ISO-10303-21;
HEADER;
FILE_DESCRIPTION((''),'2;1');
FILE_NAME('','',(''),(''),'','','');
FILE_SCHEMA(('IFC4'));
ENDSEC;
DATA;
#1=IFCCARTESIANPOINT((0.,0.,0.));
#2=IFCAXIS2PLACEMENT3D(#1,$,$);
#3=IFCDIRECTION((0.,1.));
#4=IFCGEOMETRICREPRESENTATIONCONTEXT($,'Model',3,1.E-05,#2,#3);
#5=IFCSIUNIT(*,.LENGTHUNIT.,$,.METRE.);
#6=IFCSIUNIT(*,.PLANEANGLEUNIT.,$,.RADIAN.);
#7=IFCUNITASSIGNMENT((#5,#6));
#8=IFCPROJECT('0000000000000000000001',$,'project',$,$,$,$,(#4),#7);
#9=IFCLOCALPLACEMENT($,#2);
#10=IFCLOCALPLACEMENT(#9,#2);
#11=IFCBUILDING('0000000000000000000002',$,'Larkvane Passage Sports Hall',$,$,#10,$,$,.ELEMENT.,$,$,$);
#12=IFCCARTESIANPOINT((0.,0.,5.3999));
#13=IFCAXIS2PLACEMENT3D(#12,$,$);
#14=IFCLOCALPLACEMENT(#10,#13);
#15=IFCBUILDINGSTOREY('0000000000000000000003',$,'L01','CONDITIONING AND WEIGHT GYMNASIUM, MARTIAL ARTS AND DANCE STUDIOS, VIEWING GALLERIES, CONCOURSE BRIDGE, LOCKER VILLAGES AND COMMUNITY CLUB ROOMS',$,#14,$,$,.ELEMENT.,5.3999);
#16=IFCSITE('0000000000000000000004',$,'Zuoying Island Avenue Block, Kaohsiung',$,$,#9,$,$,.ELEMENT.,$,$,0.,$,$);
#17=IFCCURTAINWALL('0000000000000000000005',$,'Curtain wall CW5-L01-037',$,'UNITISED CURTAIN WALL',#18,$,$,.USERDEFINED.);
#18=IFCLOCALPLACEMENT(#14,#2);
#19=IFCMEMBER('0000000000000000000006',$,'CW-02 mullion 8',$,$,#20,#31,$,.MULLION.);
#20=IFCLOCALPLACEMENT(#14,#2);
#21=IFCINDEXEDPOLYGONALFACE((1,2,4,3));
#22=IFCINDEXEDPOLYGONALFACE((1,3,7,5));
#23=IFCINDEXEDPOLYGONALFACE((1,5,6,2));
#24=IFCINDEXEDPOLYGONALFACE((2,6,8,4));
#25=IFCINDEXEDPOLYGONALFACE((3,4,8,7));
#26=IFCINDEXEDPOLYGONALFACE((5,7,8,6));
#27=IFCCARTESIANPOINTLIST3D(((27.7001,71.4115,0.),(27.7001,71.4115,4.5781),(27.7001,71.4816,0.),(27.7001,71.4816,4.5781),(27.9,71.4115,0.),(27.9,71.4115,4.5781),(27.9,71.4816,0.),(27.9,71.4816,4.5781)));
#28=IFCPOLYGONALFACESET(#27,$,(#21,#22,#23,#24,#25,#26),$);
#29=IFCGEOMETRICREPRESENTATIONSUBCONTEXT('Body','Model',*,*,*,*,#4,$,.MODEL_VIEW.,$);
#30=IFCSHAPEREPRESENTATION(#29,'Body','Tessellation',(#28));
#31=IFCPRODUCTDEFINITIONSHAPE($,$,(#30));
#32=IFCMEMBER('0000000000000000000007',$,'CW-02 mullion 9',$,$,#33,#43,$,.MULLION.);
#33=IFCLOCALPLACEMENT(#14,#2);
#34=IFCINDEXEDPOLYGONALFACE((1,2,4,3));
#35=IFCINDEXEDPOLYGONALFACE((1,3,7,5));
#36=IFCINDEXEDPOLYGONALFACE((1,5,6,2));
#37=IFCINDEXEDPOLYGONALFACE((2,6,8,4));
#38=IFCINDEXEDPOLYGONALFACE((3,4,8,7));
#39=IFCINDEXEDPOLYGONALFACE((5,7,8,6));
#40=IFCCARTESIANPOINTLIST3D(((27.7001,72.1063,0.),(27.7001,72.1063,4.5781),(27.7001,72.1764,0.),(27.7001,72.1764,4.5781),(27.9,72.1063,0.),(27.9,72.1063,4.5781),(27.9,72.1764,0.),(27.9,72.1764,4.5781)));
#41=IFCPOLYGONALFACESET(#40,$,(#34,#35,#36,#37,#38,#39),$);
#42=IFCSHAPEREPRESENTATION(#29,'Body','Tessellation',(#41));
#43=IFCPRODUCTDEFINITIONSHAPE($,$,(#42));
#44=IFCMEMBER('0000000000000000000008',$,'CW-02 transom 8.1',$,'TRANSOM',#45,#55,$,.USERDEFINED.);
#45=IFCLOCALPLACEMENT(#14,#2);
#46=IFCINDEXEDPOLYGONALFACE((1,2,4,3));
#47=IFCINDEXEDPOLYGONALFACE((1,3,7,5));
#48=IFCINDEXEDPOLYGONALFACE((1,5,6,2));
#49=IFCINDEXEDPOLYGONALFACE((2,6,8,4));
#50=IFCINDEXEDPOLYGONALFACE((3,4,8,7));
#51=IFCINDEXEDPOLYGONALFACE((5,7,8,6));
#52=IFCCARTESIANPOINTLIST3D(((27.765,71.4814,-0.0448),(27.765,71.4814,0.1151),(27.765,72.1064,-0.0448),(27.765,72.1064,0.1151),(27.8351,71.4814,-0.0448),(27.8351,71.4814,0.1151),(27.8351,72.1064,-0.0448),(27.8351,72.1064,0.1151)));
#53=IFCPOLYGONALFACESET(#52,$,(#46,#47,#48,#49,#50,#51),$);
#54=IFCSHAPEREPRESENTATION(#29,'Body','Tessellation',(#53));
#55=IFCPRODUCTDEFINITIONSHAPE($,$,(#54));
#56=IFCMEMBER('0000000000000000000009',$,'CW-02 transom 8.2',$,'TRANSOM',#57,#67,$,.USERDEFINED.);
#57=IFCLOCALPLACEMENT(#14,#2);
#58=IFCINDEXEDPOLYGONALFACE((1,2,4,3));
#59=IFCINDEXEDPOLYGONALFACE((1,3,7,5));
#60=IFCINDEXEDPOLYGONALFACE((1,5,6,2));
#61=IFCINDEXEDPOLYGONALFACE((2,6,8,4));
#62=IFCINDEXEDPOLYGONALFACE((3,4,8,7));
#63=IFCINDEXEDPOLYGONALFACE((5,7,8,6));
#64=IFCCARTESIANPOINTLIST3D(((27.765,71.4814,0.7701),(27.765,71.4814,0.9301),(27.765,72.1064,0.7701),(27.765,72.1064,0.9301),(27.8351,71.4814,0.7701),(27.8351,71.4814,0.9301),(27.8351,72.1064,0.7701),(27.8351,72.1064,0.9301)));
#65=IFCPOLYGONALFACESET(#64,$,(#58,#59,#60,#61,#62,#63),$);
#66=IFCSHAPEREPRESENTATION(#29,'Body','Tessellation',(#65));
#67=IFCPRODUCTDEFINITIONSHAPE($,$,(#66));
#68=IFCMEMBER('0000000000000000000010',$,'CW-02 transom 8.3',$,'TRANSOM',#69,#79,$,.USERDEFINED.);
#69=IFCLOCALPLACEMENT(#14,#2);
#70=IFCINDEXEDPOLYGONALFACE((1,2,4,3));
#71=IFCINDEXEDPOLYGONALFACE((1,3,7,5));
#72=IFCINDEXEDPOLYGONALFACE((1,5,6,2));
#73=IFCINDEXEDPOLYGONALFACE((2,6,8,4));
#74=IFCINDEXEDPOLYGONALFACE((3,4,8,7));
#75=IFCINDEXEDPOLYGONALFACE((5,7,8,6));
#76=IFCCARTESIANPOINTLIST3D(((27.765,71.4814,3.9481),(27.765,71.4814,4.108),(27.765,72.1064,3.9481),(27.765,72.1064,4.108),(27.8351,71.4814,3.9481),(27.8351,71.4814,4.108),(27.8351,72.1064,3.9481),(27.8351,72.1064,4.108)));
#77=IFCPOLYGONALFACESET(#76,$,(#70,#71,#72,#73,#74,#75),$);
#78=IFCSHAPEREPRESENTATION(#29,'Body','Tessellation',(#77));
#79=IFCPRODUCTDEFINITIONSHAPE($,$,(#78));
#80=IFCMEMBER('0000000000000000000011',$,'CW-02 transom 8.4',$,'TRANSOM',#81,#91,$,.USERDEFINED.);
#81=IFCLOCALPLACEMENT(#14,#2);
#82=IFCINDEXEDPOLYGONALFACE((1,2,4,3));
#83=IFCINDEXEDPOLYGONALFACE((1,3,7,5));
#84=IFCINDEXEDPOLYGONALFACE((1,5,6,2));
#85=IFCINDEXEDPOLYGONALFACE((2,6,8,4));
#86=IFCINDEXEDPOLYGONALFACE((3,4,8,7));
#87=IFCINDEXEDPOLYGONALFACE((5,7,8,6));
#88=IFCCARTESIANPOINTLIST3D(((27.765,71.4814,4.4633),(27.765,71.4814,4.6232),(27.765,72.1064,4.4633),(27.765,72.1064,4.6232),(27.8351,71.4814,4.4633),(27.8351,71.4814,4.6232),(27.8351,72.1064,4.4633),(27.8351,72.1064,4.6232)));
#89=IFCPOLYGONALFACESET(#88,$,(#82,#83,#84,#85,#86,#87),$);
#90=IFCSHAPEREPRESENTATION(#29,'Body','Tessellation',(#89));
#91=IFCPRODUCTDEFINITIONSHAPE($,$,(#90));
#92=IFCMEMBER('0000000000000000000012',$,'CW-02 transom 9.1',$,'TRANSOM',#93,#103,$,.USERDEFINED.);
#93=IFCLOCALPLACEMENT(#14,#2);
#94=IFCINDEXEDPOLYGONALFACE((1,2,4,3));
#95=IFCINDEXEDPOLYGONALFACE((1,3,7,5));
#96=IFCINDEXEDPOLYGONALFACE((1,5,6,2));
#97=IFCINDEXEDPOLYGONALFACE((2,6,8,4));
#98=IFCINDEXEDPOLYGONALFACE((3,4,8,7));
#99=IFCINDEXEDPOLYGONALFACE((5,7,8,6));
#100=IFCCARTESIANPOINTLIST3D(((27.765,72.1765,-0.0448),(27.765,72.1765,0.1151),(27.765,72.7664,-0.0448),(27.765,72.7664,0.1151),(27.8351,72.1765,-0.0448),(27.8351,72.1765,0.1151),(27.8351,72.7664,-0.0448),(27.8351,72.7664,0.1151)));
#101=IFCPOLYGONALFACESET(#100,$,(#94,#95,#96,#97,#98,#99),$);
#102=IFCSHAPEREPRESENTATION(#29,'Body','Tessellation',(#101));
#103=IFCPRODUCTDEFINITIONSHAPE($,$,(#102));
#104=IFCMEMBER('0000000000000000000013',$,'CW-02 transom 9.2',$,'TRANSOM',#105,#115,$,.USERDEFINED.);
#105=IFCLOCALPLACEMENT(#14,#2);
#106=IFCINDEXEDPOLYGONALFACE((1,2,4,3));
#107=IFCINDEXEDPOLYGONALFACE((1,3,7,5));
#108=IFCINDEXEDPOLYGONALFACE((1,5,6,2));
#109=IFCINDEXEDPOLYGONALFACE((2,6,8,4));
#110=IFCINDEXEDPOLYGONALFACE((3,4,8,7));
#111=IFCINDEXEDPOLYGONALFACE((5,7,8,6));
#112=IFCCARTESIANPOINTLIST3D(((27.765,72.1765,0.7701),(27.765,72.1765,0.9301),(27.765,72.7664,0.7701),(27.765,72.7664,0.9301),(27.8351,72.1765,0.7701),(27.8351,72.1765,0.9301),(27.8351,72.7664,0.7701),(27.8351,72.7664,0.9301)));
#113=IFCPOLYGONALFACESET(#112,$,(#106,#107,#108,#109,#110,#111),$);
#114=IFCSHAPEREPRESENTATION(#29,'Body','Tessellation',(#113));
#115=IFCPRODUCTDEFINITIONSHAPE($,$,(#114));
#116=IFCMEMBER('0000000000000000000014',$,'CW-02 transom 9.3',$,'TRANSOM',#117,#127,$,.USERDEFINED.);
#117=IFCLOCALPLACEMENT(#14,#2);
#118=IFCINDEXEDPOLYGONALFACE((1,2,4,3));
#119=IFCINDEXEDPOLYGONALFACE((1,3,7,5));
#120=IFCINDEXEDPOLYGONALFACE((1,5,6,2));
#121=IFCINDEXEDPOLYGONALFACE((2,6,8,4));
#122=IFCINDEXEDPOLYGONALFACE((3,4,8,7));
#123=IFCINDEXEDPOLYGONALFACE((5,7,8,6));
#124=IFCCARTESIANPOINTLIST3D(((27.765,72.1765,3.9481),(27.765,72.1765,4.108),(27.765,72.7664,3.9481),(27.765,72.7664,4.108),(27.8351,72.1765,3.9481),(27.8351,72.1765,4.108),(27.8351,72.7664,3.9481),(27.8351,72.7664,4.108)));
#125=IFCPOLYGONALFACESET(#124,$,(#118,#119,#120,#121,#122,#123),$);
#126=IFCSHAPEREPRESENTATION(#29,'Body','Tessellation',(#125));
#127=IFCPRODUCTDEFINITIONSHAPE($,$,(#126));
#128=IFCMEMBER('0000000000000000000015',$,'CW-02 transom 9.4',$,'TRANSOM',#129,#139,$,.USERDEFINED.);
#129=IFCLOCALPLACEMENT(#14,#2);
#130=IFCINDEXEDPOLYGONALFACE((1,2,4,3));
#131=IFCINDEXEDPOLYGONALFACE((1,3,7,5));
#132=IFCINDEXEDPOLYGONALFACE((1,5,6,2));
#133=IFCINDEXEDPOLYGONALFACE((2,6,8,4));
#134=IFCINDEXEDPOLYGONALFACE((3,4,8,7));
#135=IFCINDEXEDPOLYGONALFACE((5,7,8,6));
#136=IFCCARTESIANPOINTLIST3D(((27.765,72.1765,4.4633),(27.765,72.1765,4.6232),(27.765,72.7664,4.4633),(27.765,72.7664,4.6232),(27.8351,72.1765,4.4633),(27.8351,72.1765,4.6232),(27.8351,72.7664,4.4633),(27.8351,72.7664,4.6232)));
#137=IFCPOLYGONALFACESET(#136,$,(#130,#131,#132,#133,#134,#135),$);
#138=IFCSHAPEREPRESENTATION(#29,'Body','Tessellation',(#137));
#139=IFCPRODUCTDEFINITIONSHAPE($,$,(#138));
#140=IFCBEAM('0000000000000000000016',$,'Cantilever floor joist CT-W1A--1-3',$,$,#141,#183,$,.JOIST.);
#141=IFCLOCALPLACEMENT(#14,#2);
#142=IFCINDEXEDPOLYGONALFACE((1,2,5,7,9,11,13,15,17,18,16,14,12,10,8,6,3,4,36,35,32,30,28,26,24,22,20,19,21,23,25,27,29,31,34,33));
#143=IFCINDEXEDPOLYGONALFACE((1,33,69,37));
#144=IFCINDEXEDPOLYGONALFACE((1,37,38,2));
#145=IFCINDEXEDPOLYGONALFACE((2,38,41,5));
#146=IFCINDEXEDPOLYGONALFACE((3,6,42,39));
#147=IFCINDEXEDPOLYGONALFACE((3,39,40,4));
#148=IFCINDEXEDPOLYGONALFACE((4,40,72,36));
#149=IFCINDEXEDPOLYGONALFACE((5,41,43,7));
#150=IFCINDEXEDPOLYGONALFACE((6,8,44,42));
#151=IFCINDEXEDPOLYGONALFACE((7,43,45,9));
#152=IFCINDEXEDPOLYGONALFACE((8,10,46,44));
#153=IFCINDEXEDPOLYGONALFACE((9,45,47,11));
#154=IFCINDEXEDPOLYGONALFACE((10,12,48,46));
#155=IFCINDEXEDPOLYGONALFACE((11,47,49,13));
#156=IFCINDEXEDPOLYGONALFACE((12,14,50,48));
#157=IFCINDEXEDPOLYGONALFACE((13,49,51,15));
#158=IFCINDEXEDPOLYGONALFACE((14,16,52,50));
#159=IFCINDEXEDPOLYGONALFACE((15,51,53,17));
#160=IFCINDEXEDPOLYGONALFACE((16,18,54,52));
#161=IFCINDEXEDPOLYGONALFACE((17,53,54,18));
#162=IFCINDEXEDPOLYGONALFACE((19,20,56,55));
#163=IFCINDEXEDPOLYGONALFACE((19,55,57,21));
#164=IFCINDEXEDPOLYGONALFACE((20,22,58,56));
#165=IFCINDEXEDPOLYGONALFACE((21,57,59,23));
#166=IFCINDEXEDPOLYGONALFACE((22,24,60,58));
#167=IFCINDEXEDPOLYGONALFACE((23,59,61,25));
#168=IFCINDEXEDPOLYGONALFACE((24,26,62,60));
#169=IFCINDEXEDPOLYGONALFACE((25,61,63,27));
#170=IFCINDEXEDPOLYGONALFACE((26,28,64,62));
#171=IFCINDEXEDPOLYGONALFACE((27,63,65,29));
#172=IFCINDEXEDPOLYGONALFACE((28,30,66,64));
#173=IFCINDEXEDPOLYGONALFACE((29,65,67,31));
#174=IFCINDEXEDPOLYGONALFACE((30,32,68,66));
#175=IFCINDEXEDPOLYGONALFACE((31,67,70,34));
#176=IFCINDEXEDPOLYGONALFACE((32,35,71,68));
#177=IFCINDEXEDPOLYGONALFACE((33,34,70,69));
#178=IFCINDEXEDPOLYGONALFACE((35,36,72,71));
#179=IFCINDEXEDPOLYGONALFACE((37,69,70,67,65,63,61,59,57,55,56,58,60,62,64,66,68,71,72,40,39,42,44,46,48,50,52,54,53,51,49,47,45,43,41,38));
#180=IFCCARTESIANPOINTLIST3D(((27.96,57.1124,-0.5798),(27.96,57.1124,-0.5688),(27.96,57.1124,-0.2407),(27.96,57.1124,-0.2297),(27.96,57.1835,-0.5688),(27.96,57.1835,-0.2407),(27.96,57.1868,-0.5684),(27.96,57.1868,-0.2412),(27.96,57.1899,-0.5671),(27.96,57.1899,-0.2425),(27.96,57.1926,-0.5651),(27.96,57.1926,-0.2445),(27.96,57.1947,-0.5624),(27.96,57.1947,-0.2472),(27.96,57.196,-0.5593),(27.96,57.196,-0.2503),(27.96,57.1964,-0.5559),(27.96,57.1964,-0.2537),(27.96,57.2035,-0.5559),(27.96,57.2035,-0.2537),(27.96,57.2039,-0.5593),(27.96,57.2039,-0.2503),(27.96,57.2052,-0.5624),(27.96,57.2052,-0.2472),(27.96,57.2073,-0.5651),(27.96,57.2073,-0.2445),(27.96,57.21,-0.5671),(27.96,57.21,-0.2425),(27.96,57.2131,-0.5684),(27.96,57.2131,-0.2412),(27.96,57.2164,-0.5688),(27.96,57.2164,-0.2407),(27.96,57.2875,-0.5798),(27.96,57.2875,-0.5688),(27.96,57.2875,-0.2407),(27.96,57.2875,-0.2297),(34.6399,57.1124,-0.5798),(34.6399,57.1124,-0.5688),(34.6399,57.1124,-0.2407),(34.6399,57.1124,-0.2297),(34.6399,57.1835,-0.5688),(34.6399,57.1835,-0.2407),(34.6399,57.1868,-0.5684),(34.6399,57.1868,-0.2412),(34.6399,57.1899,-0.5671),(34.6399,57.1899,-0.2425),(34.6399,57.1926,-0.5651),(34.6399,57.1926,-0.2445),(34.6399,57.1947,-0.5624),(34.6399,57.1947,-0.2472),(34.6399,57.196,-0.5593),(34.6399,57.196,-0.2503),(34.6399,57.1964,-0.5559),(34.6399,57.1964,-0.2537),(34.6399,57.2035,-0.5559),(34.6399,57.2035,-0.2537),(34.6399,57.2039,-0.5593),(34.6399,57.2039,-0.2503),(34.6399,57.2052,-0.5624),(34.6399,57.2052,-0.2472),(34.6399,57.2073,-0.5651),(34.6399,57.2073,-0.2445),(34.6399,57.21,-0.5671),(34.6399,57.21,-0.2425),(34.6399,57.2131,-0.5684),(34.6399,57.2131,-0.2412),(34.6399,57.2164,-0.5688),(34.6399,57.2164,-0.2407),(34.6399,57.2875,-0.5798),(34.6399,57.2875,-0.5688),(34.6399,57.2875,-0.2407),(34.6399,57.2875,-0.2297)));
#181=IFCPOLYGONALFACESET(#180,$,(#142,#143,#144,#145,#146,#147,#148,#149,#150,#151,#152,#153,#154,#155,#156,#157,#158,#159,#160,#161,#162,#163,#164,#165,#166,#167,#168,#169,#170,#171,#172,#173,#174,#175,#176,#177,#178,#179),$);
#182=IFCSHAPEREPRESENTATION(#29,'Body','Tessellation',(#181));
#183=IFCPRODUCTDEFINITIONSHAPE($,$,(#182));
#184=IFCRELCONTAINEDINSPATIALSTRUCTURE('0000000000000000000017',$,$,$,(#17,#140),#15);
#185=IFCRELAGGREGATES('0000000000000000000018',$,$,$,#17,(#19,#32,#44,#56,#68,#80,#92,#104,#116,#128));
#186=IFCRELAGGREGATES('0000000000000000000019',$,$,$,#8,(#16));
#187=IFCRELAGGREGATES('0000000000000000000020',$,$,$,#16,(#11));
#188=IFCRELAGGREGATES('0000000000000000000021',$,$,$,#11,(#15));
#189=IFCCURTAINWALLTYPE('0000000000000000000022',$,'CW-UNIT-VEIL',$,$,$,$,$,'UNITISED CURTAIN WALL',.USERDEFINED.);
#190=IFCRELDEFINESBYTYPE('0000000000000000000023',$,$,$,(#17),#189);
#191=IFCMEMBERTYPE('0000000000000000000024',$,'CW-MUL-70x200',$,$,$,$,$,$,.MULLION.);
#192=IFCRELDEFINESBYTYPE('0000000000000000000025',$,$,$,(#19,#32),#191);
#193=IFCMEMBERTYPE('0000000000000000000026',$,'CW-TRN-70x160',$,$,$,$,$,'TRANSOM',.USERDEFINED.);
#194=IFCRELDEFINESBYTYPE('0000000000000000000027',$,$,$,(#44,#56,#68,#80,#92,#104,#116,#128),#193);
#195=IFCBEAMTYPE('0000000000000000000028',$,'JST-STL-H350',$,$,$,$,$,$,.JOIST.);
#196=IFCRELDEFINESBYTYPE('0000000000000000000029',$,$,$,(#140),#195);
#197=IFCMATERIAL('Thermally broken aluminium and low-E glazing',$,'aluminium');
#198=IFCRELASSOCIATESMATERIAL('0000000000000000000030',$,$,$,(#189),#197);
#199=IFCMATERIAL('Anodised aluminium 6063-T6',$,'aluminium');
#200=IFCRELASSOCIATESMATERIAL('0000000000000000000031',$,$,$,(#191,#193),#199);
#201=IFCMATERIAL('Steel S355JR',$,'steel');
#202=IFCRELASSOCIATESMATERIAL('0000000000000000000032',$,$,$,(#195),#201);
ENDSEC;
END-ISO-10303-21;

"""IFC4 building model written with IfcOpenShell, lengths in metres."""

from ifc_helpers import new_model, si_unit, direction, frame, origin, origin_2d, place, context, subcontext, project, spatial, rectangle, i_section, extrude, material, material_profile, profile_set, type_object, element, aggregate, save


model = new_model("IFC4")

# Units and contexts
model_context = context("Model", 3, precision=1e-05, world=origin(), true_north=direction((0.0, 1.0)))
body_context = subcontext(model_context, "Body", "Model", "MODEL_VIEW")
ifc_project = project(units=[si_unit("LENGTHUNIT", "METRE"), si_unit("PLANEANGLEUNIT", "RADIAN")], contexts=[model_context])

# Site, building, storey
site_placement = place(None, origin())
site = spatial("IfcSite", under=ifc_project, at=site_placement, Name="Zuoying Island Avenue Block, Kaohsiung", CompositionType="ELEMENT", RefElevation=0.0)
building_placement = place(site_placement, origin())
building = spatial("IfcBuilding", under=site, at=building_placement, Name="Larkvane Passage Sports Hall", CompositionType="ELEMENT")
storey_placement = place(building_placement, frame((0.0, 0.0, 5.3999)))
storey = spatial("IfcBuildingStorey", under=building, at=storey_placement, Name="L01", Description="CONDITIONING AND WEIGHT GYMNASIUM, MARTIAL ARTS AND DANCE STUDIOS, VIEWING GALLERIES, CONCOURSE BRIDGE, LOCKER VILLAGES AND COMMUNITY CLUB ROOMS", CompositionType="ELEMENT", Elevation=5.3999)

# Curtain wall, members
ifc_material_1 = material(Name="Thermally broken aluminium and low-E glazing", Category="aluminium")
curtain_wall_type = type_object("IfcCurtainWallType", Name="CW-UNIT-VEIL", ElementType="UNITISED CURTAIN WALL", PredefinedType="USERDEFINED", material=ifc_material_1)
curtain_wall_placement = place(storey_placement, origin())
curtain_wall = element("IfcCurtainWall", 1, at=curtain_wall_placement, inside=storey, type_object=curtain_wall_type, Name="Curtain wall CW5-L01-037", ObjectType="UNITISED CURTAIN WALL", PredefinedType="USERDEFINED")
ifc_material_2 = material(Name="Anodised aluminium 6063-T6", Category="aluminium")
ifc_material_profile_1 = material_profile(ifc_material_2, rectangle(XDim=0.0701, YDim=0.2, at=origin_2d()), Name="ALU-MUL-70x200")
ifc_profile_set_1 = profile_set([ifc_material_profile_1], Name="Anodised aluminium 6063-T6")
member_type_1 = type_object("IfcMemberType", Name="CW-MUL-70x200", PredefinedType="MULLION", material=ifc_profile_set_1)
member_1_placement = place(storey_placement, frame((27.8, 71.4465, 0.0), z_axis=(0.0, 0.0, 1.0), x_axis=(0.0, 1.0, 0.0)))
member_1 = element("IfcMember", 2, at=member_1_placement, type_object=member_type_1, Name="CW-02 mullion 8", PredefinedType="MULLION", context=body_context, shape_type="SweptSolid", body=[
    extrude(rectangle(XDim=0.0701, YDim=0.2, at=origin_2d()), origin(), (0.0, 0.0, 1.0), 4.5781),
])
member_2_placement = place(storey_placement, frame((27.8, 72.1414, 0.0), z_axis=(0.0, 0.0, 1.0), x_axis=(0.0, 1.0, 0.0)))
member_2 = element("IfcMember", 3, at=member_2_placement, type_object=member_type_1, Name="CW-02 mullion 9", PredefinedType="MULLION", context=body_context, shape_type="SweptSolid", body=[
    extrude(rectangle(XDim=0.0701, YDim=0.2, at=origin_2d()), origin(), (0.0, 0.0, 1.0), 4.5781),
])
ifc_material_profile_2 = material_profile(ifc_material_2, rectangle(XDim=0.0701, YDim=0.1599, at=origin_2d()), Name="ALU-TRN-70x160")
ifc_profile_set_2 = profile_set([ifc_material_profile_2], Name="Anodised aluminium 6063-T6")
member_type_2 = type_object("IfcMemberType", Name="CW-TRN-70x160", ElementType="TRANSOM", PredefinedType="USERDEFINED", material=ifc_profile_set_2)
member_3_placement = place(storey_placement, frame((27.8, 71.4814, 0.0352), z_axis=(0.0, 1.0, 0.0), x_axis=(-1.0, 0.0, 0.0)))
member_3 = element("IfcMember", 4, at=member_3_placement, type_object=member_type_2, Name="CW-02 transom 8.1", ObjectType="TRANSOM", PredefinedType="USERDEFINED", context=body_context, shape_type="SweptSolid", body=[
    extrude(rectangle(XDim=0.0701, YDim=0.1599, at=origin_2d()), origin(), (0.0, 0.0, 1.0), 0.625),
])
member_4_placement = place(storey_placement, frame((27.8, 71.4814, 0.8501), z_axis=(0.0, 1.0, 0.0), x_axis=(-1.0, 0.0, 0.0)))
member_4 = element("IfcMember", 5, at=member_4_placement, type_object=member_type_2, Name="CW-02 transom 8.2", ObjectType="TRANSOM", PredefinedType="USERDEFINED", context=body_context, shape_type="SweptSolid", body=[
    extrude(rectangle(XDim=0.0701, YDim=0.1599, at=origin_2d()), origin(), (0.0, 0.0, 1.0), 0.625),
])
member_5_placement = place(storey_placement, frame((27.8, 71.4814, 4.0281), z_axis=(0.0, 1.0, 0.0), x_axis=(-1.0, 0.0, 0.0)))
member_5 = element("IfcMember", 6, at=member_5_placement, type_object=member_type_2, Name="CW-02 transom 8.3", ObjectType="TRANSOM", PredefinedType="USERDEFINED", context=body_context, shape_type="SweptSolid", body=[
    extrude(rectangle(XDim=0.0701, YDim=0.1599, at=origin_2d()), origin(), (0.0, 0.0, 1.0), 0.625),
])
member_6_placement = place(storey_placement, frame((27.8, 71.4814, 4.5432), z_axis=(0.0, 1.0, 0.0), x_axis=(-1.0, 0.0, 0.0)))
member_6 = element("IfcMember", 7, at=member_6_placement, type_object=member_type_2, Name="CW-02 transom 8.4", ObjectType="TRANSOM", PredefinedType="USERDEFINED", context=body_context, shape_type="SweptSolid", body=[
    extrude(rectangle(XDim=0.0701, YDim=0.1599, at=origin_2d()), origin(), (0.0, 0.0, 1.0), 0.625),
])
member_7_placement = place(storey_placement, frame((27.8, 72.1765, 0.0352), z_axis=(0.0, 1.0, 0.0), x_axis=(-1.0, 0.0, 0.0)))
member_7 = element("IfcMember", 8, at=member_7_placement, type_object=member_type_2, Name="CW-02 transom 9.1", ObjectType="TRANSOM", PredefinedType="USERDEFINED", context=body_context, shape_type="SweptSolid", body=[
    extrude(rectangle(XDim=0.0701, YDim=0.1599, at=origin_2d()), origin(), (0.0, 0.0, 1.0), 0.5898),
])
member_8_placement = place(storey_placement, frame((27.8, 72.1765, 0.8501), z_axis=(0.0, 1.0, 0.0), x_axis=(-1.0, 0.0, 0.0)))
member_8 = element("IfcMember", 9, at=member_8_placement, type_object=member_type_2, Name="CW-02 transom 9.2", ObjectType="TRANSOM", PredefinedType="USERDEFINED", context=body_context, shape_type="SweptSolid", body=[
    extrude(rectangle(XDim=0.0701, YDim=0.1599, at=origin_2d()), origin(), (0.0, 0.0, 1.0), 0.5898),
])
member_9_placement = place(storey_placement, frame((27.8, 72.1765, 4.0281), z_axis=(0.0, 1.0, 0.0), x_axis=(-1.0, 0.0, 0.0)))
member_9 = element("IfcMember", 10, at=member_9_placement, type_object=member_type_2, Name="CW-02 transom 9.3", ObjectType="TRANSOM", PredefinedType="USERDEFINED", context=body_context, shape_type="SweptSolid", body=[
    extrude(rectangle(XDim=0.0701, YDim=0.1599, at=origin_2d()), origin(), (0.0, 0.0, 1.0), 0.5898),
])
member_10_placement = place(storey_placement, frame((27.8, 72.1765, 4.5432), z_axis=(0.0, 1.0, 0.0), x_axis=(-1.0, 0.0, 0.0)))
member_10 = element("IfcMember", 11, at=member_10_placement, type_object=member_type_2, Name="CW-02 transom 9.4", ObjectType="TRANSOM", PredefinedType="USERDEFINED", context=body_context, shape_type="SweptSolid", body=[
    extrude(rectangle(XDim=0.0701, YDim=0.1599, at=origin_2d()), origin(), (0.0, 0.0, 1.0), 0.5898),
])

# Beam
ifc_material_3 = material(Name="Steel S355JR", Category="steel")
ifc_material_profile_3 = material_profile(ifc_material_3, i_section(OverallWidth=0.175, OverallDepth=0.3501, WebThickness=0.0071, FlangeThickness=0.011, FilletRadius=0.0129, at=origin_2d()), Name="H-350x175x7x11")
ifc_profile_set_3 = profile_set([ifc_material_profile_3], Name="Steel S355JR")
beam_type_1 = type_object("IfcBeamType", Name="JST-STL-H350", PredefinedType="JOIST", material=ifc_profile_set_3)
beam_1_placement = place(storey_placement, frame((27.96, 57.2, -0.4048), z_axis=(1.0, 0.0, 0.0), x_axis=(0.0, 1.0, 0.0)))
element("IfcBeam", 12, at=beam_1_placement, inside=storey, type_object=beam_type_1, Name="Cantilever floor joist CT-W1A--1-3", PredefinedType="JOIST", context=body_context, shape_type="SweptSolid", body=[
    extrude(i_section(OverallWidth=0.175, OverallDepth=0.3501, WebThickness=0.0071, FlangeThickness=0.011, FilletRadius=0.0129, at=origin_2d()), origin(), (0.0, 0.0, 1.0), 6.6799),
])

aggregate(curtain_wall, [member_1, member_2, member_3, member_4, member_5, member_6, member_7, member_8, member_9, member_10])

save(model, "model.ifc")
